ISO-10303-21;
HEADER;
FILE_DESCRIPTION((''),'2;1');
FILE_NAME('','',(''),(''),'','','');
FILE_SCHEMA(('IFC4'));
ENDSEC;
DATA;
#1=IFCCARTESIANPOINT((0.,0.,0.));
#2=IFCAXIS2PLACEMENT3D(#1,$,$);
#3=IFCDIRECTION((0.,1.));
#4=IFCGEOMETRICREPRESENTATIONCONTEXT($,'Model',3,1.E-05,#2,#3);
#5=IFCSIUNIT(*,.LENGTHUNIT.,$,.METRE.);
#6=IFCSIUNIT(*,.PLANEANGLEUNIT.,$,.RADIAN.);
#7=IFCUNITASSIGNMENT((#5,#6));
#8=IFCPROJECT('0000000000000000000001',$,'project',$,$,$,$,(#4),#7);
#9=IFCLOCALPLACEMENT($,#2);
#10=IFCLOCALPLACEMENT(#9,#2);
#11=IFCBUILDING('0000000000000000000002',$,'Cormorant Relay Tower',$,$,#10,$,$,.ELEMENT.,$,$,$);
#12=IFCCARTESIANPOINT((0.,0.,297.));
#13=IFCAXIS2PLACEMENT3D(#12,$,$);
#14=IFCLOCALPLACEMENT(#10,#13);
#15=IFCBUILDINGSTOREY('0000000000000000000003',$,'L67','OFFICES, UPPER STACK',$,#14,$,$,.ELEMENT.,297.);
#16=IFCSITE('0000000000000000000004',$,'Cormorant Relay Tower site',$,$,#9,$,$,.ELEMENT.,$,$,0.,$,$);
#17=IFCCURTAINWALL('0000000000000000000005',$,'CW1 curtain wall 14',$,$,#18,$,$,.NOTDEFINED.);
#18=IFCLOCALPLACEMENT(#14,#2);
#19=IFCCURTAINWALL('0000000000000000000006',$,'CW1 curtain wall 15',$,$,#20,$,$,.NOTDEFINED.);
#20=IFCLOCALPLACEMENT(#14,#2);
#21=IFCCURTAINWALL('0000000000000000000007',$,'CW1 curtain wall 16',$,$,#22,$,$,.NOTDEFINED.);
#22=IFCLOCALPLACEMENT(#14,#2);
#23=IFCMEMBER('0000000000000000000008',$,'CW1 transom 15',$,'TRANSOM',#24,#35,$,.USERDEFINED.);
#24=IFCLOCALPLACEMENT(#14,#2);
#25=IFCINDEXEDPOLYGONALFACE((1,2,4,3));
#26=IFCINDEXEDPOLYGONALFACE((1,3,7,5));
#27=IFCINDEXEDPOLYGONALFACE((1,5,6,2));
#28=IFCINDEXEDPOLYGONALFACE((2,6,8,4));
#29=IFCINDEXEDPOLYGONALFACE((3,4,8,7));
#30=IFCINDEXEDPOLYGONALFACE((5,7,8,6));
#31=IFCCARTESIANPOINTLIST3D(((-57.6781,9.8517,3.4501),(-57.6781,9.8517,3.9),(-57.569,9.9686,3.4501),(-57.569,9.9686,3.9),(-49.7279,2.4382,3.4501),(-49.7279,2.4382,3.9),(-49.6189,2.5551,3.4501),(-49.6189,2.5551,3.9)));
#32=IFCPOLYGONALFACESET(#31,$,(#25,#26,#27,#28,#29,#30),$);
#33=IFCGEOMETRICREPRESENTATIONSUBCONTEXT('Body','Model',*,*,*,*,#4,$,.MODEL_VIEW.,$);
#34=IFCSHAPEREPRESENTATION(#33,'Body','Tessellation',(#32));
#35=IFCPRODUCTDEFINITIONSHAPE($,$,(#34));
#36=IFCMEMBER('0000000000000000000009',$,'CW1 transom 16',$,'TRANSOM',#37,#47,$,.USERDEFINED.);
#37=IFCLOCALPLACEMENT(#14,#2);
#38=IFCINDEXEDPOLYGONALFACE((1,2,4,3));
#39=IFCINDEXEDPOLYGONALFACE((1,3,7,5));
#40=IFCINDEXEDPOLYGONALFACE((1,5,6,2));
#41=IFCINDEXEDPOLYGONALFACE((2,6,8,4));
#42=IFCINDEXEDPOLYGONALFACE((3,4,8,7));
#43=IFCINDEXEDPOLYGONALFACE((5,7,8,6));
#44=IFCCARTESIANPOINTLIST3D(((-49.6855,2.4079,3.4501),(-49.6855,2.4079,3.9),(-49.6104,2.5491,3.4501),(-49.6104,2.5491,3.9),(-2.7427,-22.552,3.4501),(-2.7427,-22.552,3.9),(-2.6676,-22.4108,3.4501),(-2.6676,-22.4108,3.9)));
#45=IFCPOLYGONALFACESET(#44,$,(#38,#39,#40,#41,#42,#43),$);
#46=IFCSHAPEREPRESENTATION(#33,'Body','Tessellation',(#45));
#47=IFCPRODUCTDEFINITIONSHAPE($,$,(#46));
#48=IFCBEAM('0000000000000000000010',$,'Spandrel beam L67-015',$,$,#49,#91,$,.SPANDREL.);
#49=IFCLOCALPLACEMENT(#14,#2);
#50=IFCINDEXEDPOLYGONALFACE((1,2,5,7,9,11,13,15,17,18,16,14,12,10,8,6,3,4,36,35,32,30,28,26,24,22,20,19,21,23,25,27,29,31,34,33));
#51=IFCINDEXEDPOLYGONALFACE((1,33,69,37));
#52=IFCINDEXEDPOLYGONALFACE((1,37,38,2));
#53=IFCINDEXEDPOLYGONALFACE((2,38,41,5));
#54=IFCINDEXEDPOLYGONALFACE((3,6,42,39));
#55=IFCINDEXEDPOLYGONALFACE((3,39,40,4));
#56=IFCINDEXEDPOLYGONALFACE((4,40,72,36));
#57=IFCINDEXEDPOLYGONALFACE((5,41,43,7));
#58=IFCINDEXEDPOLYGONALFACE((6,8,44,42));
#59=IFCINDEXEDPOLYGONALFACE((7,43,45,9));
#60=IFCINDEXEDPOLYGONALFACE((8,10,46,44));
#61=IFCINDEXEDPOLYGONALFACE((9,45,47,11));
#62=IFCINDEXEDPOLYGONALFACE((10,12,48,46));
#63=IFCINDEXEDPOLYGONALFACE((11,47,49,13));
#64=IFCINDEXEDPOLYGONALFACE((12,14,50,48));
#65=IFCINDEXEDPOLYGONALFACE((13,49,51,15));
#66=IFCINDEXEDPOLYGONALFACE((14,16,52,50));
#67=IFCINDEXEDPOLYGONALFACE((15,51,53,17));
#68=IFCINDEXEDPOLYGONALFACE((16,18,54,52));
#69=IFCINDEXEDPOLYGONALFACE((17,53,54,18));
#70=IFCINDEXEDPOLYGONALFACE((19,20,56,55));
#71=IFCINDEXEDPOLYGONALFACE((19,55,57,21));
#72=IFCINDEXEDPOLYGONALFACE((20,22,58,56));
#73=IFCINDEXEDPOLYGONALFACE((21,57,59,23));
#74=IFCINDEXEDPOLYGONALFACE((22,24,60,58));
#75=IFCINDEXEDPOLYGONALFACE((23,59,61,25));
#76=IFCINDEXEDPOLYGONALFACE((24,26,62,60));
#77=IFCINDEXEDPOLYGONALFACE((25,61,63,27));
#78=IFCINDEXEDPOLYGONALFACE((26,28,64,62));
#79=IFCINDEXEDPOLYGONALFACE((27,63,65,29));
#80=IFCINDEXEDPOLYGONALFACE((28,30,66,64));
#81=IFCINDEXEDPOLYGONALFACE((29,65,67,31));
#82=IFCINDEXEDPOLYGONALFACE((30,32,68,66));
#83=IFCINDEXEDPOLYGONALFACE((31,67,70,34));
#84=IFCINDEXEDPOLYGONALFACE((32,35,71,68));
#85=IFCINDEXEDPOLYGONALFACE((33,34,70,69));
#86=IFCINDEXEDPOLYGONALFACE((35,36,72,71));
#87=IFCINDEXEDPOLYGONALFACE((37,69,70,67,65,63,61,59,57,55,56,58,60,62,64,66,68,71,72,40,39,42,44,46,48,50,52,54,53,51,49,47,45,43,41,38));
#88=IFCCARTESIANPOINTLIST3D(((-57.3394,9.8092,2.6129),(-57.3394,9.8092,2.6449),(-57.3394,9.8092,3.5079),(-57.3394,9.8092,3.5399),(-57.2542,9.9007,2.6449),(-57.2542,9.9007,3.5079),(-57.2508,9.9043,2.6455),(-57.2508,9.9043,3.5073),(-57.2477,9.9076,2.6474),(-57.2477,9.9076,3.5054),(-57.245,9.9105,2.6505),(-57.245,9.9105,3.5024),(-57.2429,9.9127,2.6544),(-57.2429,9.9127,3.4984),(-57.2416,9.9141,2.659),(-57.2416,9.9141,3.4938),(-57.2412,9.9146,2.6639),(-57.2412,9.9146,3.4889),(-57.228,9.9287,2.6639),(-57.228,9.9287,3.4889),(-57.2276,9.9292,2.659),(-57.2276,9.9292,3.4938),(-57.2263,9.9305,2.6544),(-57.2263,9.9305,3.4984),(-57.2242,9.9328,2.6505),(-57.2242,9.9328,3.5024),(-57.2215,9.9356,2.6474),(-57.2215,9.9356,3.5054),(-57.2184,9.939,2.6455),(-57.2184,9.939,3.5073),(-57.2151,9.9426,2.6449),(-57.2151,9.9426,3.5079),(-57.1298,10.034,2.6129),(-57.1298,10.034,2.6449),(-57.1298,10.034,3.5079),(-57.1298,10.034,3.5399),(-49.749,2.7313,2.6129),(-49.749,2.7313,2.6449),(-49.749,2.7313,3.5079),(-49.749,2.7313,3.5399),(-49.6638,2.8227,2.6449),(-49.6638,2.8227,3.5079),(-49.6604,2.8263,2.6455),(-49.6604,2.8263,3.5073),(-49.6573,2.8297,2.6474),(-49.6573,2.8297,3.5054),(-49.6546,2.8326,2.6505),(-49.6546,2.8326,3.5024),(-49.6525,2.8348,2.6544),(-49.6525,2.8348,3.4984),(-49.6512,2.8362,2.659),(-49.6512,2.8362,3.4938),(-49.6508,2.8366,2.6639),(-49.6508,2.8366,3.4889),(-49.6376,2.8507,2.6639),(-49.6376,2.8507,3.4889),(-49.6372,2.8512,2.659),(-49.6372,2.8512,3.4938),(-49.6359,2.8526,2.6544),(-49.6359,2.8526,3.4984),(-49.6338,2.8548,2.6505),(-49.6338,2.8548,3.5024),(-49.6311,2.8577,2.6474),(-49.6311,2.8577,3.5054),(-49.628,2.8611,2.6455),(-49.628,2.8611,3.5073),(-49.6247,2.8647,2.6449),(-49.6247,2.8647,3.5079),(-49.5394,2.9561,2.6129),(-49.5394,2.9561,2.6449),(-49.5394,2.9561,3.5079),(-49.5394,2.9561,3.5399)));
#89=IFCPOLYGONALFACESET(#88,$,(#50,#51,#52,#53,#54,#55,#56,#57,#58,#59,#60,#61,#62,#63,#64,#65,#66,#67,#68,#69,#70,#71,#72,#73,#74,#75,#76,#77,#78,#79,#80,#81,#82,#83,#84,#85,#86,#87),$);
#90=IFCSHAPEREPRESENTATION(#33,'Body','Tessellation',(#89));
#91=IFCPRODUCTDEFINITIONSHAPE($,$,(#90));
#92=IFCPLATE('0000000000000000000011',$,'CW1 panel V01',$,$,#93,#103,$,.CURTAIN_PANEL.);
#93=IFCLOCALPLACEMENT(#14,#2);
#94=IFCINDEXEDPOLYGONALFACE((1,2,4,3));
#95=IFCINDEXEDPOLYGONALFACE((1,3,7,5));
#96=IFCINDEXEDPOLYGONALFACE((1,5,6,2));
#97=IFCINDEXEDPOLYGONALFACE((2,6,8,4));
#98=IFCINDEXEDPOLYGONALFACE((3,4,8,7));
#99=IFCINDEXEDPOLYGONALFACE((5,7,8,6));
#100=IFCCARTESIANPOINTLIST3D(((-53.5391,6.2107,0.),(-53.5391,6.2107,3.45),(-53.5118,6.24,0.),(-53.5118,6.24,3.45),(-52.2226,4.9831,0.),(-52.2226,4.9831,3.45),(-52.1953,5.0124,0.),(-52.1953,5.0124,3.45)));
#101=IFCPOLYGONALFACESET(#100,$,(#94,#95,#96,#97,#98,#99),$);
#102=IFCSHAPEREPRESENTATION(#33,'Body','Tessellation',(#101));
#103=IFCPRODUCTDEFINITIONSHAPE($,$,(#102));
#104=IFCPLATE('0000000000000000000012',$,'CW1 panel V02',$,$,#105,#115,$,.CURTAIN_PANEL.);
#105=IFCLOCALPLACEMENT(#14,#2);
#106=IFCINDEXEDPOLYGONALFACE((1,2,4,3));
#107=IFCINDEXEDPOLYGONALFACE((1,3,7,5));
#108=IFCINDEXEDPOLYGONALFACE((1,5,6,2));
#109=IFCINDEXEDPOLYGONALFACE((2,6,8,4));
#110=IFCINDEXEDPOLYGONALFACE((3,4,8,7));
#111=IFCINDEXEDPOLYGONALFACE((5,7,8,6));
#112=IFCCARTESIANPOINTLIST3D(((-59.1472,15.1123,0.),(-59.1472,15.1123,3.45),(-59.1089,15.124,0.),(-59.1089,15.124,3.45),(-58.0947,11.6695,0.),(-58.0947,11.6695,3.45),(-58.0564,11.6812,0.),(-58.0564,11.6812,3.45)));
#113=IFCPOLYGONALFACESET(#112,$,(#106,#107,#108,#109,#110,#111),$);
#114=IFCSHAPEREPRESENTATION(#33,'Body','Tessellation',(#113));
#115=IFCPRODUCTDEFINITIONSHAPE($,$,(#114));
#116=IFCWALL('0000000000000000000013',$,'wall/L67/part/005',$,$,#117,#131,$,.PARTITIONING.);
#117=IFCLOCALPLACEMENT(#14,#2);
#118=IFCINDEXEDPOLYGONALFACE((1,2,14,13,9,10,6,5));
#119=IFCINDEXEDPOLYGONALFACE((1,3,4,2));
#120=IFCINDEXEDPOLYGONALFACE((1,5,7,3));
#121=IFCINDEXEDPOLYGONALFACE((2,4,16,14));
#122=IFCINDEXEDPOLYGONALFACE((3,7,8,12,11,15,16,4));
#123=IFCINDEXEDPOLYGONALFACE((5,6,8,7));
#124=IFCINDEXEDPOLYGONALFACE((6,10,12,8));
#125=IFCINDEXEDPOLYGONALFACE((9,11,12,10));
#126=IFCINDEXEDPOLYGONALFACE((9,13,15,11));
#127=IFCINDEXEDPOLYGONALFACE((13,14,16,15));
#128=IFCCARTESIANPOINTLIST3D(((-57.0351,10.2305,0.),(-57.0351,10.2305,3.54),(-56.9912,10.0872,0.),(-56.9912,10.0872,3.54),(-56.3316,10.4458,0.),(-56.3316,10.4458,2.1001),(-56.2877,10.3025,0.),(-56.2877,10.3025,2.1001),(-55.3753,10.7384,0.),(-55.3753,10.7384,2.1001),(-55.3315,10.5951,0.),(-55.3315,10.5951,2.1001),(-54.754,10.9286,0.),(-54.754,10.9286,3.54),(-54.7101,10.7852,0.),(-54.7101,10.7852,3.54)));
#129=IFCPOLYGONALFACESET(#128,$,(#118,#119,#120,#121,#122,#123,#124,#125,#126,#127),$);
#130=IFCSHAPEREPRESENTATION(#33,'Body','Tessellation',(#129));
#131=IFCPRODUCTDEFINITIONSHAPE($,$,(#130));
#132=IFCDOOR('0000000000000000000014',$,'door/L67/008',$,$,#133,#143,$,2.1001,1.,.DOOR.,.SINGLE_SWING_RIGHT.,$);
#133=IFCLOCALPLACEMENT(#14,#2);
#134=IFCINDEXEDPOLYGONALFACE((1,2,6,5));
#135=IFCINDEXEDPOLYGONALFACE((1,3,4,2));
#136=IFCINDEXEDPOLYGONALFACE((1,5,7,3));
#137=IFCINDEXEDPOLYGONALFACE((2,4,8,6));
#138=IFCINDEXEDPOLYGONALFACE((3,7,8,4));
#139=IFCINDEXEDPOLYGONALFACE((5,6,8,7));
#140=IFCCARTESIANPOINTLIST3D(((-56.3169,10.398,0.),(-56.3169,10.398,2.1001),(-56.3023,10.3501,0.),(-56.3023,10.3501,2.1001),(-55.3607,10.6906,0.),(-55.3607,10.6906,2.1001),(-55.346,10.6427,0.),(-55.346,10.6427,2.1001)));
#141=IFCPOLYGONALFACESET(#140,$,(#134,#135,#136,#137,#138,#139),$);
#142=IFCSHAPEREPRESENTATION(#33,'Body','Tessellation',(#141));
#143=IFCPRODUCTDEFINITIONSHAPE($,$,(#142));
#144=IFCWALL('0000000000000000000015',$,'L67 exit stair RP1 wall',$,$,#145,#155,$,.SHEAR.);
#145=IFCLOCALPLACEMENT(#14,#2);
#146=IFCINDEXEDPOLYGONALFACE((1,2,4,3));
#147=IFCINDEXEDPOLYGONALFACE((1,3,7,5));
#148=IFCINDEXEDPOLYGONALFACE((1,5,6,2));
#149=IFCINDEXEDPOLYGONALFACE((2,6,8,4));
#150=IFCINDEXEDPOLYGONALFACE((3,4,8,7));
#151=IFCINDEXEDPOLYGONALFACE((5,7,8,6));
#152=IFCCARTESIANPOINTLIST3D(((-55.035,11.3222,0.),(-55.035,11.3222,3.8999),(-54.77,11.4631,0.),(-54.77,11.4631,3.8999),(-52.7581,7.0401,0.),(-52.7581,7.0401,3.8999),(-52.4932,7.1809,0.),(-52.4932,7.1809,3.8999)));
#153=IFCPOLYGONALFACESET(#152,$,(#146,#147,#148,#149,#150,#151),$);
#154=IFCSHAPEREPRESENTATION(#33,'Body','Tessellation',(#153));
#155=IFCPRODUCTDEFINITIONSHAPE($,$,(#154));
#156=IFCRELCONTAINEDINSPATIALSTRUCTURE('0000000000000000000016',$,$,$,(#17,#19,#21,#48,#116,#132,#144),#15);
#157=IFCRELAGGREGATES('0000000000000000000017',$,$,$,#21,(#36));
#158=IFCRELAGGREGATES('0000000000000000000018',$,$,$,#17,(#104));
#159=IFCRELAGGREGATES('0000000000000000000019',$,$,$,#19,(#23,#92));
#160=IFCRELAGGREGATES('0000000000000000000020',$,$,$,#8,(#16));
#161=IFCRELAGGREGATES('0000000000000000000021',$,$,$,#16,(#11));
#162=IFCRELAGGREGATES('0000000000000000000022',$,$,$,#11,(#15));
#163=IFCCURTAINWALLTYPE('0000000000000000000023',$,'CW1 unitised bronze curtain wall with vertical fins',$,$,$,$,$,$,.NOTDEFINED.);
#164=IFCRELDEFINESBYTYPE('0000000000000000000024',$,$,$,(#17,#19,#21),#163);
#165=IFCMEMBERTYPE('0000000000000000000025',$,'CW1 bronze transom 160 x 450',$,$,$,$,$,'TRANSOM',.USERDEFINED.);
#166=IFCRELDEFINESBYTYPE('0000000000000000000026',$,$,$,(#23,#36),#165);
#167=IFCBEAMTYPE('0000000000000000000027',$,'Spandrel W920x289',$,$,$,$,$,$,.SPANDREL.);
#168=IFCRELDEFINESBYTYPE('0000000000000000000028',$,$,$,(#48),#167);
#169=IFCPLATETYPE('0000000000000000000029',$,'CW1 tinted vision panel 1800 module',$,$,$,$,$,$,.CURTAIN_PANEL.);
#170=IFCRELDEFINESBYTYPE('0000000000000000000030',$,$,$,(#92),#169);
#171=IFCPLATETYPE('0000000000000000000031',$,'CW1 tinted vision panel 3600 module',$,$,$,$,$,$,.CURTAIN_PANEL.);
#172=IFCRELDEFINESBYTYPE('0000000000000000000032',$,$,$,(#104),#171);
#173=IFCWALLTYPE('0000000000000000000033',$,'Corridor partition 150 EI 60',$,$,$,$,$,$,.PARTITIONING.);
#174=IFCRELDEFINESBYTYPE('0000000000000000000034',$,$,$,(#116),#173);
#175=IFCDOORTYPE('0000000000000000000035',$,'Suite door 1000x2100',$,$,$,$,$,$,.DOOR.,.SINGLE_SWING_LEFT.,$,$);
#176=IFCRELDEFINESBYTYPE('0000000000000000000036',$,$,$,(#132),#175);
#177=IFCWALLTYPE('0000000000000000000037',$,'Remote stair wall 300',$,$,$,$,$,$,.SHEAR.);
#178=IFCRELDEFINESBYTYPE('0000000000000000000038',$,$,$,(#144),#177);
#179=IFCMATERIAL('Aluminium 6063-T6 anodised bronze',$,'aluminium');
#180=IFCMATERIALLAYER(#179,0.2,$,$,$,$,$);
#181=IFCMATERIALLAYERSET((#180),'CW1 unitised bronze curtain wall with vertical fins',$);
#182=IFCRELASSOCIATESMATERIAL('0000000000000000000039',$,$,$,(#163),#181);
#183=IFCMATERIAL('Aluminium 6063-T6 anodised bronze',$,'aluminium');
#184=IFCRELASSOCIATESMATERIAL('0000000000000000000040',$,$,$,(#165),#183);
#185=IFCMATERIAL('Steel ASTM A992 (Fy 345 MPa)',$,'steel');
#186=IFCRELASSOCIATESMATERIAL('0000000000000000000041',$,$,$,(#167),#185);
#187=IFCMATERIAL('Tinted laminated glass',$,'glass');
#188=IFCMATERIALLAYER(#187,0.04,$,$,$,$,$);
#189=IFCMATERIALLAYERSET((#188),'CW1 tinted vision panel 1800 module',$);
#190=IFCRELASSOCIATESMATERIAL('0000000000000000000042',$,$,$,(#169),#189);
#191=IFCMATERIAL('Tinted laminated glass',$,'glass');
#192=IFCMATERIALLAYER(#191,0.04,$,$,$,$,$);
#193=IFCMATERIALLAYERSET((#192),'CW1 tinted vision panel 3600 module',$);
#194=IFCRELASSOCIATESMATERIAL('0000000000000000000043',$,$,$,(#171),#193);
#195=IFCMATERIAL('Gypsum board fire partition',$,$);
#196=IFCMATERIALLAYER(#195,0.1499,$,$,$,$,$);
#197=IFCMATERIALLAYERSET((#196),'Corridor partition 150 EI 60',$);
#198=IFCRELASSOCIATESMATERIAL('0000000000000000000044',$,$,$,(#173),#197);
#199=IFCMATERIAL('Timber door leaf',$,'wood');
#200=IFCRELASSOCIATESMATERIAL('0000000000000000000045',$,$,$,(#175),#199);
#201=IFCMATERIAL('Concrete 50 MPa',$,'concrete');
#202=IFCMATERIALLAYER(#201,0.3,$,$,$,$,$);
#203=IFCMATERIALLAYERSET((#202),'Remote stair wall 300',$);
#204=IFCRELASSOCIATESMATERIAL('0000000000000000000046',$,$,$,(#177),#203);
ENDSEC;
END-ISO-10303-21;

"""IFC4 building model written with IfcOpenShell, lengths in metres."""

from ifc_helpers import new_model, si_unit, direction, frame, frame_2d, origin, origin_2d, place, context, subcontext, project, spatial, rectangle, i_section, extrude, material, layer, layer_set, material_profile, profile_set, type_object, element, fill, aggregate, save


model = new_model("IFC4")

# Units and contexts
model_context = context("Model", 3, precision=1e-05, world=origin(), true_north=direction((0.0, 1.0)))
body_context = subcontext(model_context, "Body", "Model", "MODEL_VIEW")
ifc_project = project(units=[si_unit("LENGTHUNIT", "METRE"), si_unit("PLANEANGLEUNIT", "RADIAN")], contexts=[model_context])

# Site, building, storey
site_placement = place(None, origin())
site = spatial("IfcSite", under=ifc_project, at=site_placement, Name="Cormorant Relay Tower site", CompositionType="ELEMENT", RefElevation=0.0)
building_placement = place(site_placement, origin())
building = spatial("IfcBuilding", under=site, at=building_placement, Name="Cormorant Relay Tower", CompositionType="ELEMENT")
storey_placement = place(building_placement, frame((0.0, 0.0, 297.0)))
storey = spatial("IfcBuildingStorey", under=building, at=storey_placement, Name="L67", Description="OFFICES, UPPER STACK", CompositionType="ELEMENT", Elevation=297.0)

# Curtain wall
ifc_material_1 = material(Name="Aluminium 6063-T6 anodised bronze", Category="aluminium")
ifc_layer_1 = layer(ifc_material_1, 0.2)
ifc_layer_set_1 = layer_set([ifc_layer_1], Name="CW1 unitised bronze curtain wall with vertical fins")
curtain_wall_type = type_object("IfcCurtainWallType", Name="CW1 unitised bronze curtain wall with vertical fins", PredefinedType="NOTDEFINED", material=ifc_layer_set_1)
curtain_wall_1_placement = place(storey_placement, origin())
curtain_wall_1 = element("IfcCurtainWall", 1, at=curtain_wall_1_placement, inside=storey, type_object=curtain_wall_type, Name="CW1 curtain wall 14", PredefinedType="NOTDEFINED")

# Curtain wall
curtain_wall_2_placement = place(storey_placement, origin())
curtain_wall_2 = element("IfcCurtainWall", 2, at=curtain_wall_2_placement, inside=storey, type_object=curtain_wall_type, Name="CW1 curtain wall 15", PredefinedType="NOTDEFINED")

# Curtain wall
curtain_wall_3_placement = place(storey_placement, origin())
curtain_wall_3 = element("IfcCurtainWall", 3, at=curtain_wall_3_placement, inside=storey, type_object=curtain_wall_type, Name="CW1 curtain wall 16", PredefinedType="NOTDEFINED")

# Members
ifc_material_2 = material(Name="Aluminium 6063-T6 anodised bronze", Category="aluminium")
ifc_material_profile_1 = material_profile(ifc_material_2, rectangle(XDim=0.1599, YDim=0.45, at=origin_2d()), Name="AL 160x450")
ifc_profile_set_1 = profile_set([ifc_material_profile_1], Name="Aluminium 6063-T6 anodised bronze")
member_type_1 = type_object("IfcMemberType", Name="CW1 bronze transom 160 x 450", ElementType="TRANSOM", PredefinedType="USERDEFINED", material=ifc_profile_set_1)
member_1_placement = place(storey_placement, frame((-57.6235, 9.9102, 3.675), z_axis=(0.731358, -0.681993, 0.0), x_axis=(0.681993, 0.731358, 0.0)))
member_1 = element("IfcMember", 4, at=member_1_placement, type_object=member_type_1, Name="CW1 transom 15", ObjectType="TRANSOM", PredefinedType="USERDEFINED", context=body_context, shape_type="SweptSolid", body=[
    extrude(rectangle(XDim=0.1599, YDim=0.45, at=origin_2d()), origin(), (0.0, 0.0, 1.0), 10.8704),
])
member_2_placement = place(storey_placement, frame((-49.6479, 2.4785, 3.675), z_axis=(0.882948, -0.469471, 0.0), x_axis=(0.469471, 0.882948, 0.0)))
member_2 = element("IfcMember", 5, at=member_2_placement, type_object=member_type_1, Name="CW1 transom 16", ObjectType="TRANSOM", PredefinedType="USERDEFINED", context=body_context, shape_type="SweptSolid", body=[
    extrude(rectangle(XDim=0.1599, YDim=0.45, at=origin_2d()), origin(), (0.0, 0.0, 1.0), 53.166),
])
aggregate(curtain_wall_3, [member_2])

# Beam
ifc_material_3 = material(Name="Steel ASTM A992 (Fy 345 MPa)", Category="steel")
ifc_material_profile_2 = material_profile(ifc_material_3, i_section(OverallWidth=0.3074, OverallDepth=0.927, WebThickness=0.0193, FlangeThickness=0.032, FilletRadius=0.019, at=origin_2d()), Name="W920x289")
ifc_profile_set_2 = profile_set([ifc_material_profile_2], Name="Steel ASTM A992 (Fy 345 MPa)")
beam_type = type_object("IfcBeamType", Name="Spandrel W920x289", PredefinedType="SPANDREL", material=ifc_profile_set_2)
beam_placement = place(storey_placement, frame((-57.2346, 9.9216, 3.0764), z_axis=(0.731364, -0.681987, 0.0), x_axis=(0.681987, 0.731364, 0.0)))
element("IfcBeam", 6, at=beam_placement, inside=storey, type_object=beam_type, Name="Spandrel beam L67-015", PredefinedType="SPANDREL", context=body_context, shape_type="SweptSolid", body=[
    extrude(i_section(OverallWidth=0.3074, OverallDepth=0.927, WebThickness=0.0193, FlangeThickness=0.032, FilletRadius=0.019, at=origin_2d()), origin(), (0.0, 0.0, 1.0), 10.3784),
])

# Plates
ifc_material_4 = material(Name="Tinted laminated glass", Category="glass")
ifc_layer_2 = layer(ifc_material_4, 0.04)
ifc_layer_set_2 = layer_set([ifc_layer_2], Name="CW1 tinted vision panel 1800 module")
plate_type_1 = type_object("IfcPlateType", Name="CW1 tinted vision panel 1800 module", PredefinedType="CURTAIN_PANEL", material=ifc_layer_set_2)
plate_1_placement = place(storey_placement, frame((-52.8672, 5.6116, 0.0), z_axis=(0.0, 0.0, 1.0), x_axis=(0.731354, -0.681998, 0.0)))
plate_1 = element("IfcPlate", 7, at=plate_1_placement, type_object=plate_type_1, Name="CW1 panel V01", PredefinedType="CURTAIN_PANEL", context=body_context, shape_type="SweptSolid", body=[
    extrude(rectangle(XDim=1.8, YDim=0.04, at=origin_2d()), origin(), (0.0, 0.0, 1.0), 3.45),
])
ifc_material_5 = material(Name="Tinted laminated glass", Category="glass")
ifc_layer_3 = layer(ifc_material_5, 0.04)
ifc_layer_set_3 = layer_set([ifc_layer_3], Name="CW1 tinted vision panel 3600 module")
plate_type_2 = type_object("IfcPlateType", Name="CW1 tinted vision panel 3600 module", PredefinedType="CURTAIN_PANEL", material=ifc_layer_set_3)
plate_2_placement = place(storey_placement, frame((-58.6018, 13.3967, 0.0), z_axis=(0.0, 0.0, 1.0), x_axis=(0.292372, -0.956305, 0.0)))
plate_2 = element("IfcPlate", 8, at=plate_2_placement, type_object=plate_type_2, Name="CW1 panel V02", PredefinedType="CURTAIN_PANEL", context=body_context, shape_type="SweptSolid", body=[
    extrude(rectangle(XDim=3.6001, YDim=0.04, at=origin_2d()), origin(), (0.0, 0.0, 1.0), 3.45),
])

# Wall, opening, door
ifc_material_6 = material(Name="Gypsum board fire partition")
ifc_layer_4 = layer(ifc_material_6, 0.1499)
ifc_layer_set_4 = layer_set([ifc_layer_4], Name="Corridor partition 150 EI 60")
wall_type_1 = type_object("IfcWallType", Name="Corridor partition 150 EI 60", PredefinedType="PARTITIONING", material=ifc_layer_set_4)
wall_1_placement = place(storey_placement, frame((-54.7319, 10.8569, 0.0), z_axis=(0.0, 0.0, 1.0), x_axis=(-0.956232, -0.292611, 0.0)))
wall_1 = element("IfcWall", 9, at=wall_1_placement, inside=storey, type_object=wall_type_1, Name="wall/L67/part/005", PredefinedType="PARTITIONING", context=body_context, shape_type="SweptSolid", body=[
    extrude(rectangle(XDim=2.3855, YDim=0.1499, at=frame_2d((1.1929, 0.0))), origin(), (0.0, 0.0, 1.0), 3.54),
])
opening_1_placement = place(wall_1_placement, frame((0.6499, 0.0, 0.0)))
opening_1 = element("IfcOpeningElement", 10, at=opening_1_placement, cuts=wall_1, PredefinedType="OPENING", context=body_context, shape_type="SweptSolid", body=[
    extrude(rectangle(XDim=1.0, YDim=2.1001, at=frame_2d((0.5, 1.05))), frame((0.0, 0.085, 0.0), z_axis=(0.0, -1.0, 0.0), x_axis=(1.0, 0.0, 0.0)), (0.0, 0.0, 1.0), 0.1699),
])
ifc_material_7 = material(Name="Timber door leaf", Category="wood")
door_type_1 = type_object("IfcDoorType", Name="Suite door 1000x2100", OperationType="SINGLE_SWING_LEFT", PredefinedType="DOOR", material=ifc_material_7)
door_1_placement = place(opening_1_placement, frame((1.0, 0.0, 0.0), z_axis=(0.0, 0.0, 1.0), x_axis=(-1.0, 0.0, 0.0)))
door_1 = element("IfcDoor", 11, at=door_1_placement, inside=storey, type_object=door_type_1, Name="door/L67/008", OperationType="SINGLE_SWING_RIGHT", OverallHeight=2.1001, OverallWidth=1.0, PredefinedType="DOOR", context=body_context, shape_type="SweptSolid", body=[
    extrude(rectangle(XDim=1.0, YDim=2.1001, at=frame_2d((0.5, 1.05))), frame((0.0, 0.0249, 0.0), z_axis=(0.0, -1.0, 0.0), x_axis=(1.0, 0.0, 0.0)), (0.0, 0.0, 1.0), 0.05),
])
fill(opening_1, door_1)

# Wall
ifc_material_8 = material(Name="Concrete 50 MPa", Category="concrete")
ifc_layer_5 = layer(ifc_material_8, 0.3)
ifc_layer_set_5 = layer_set([ifc_layer_5], Name="Remote stair wall 300")
wall_type_2 = type_object("IfcWallType", Name="Remote stair wall 300", PredefinedType="SHEAR", material=ifc_layer_set_5)
wall_2_placement = place(storey_placement, frame((-52.6257, 7.1106, 0.0), z_axis=(0.0, 0.0, 1.0), x_axis=(-0.469464, 0.882951, 0.0)))
element("IfcWall", 12, at=wall_2_placement, inside=storey, type_object=wall_type_2, Name="L67 exit stair RP1 wall", PredefinedType="SHEAR", context=body_context, shape_type="SweptSolid", body=[
    extrude(rectangle(XDim=4.8499, YDim=0.3, at=frame_2d((2.4248, 0.0))), origin(), (0.0, 0.0, 1.0), 3.8999),
])

aggregate(curtain_wall_1, [plate_2])
aggregate(curtain_wall_2, [member_1, plate_1])

save(model, "model.ifc")
